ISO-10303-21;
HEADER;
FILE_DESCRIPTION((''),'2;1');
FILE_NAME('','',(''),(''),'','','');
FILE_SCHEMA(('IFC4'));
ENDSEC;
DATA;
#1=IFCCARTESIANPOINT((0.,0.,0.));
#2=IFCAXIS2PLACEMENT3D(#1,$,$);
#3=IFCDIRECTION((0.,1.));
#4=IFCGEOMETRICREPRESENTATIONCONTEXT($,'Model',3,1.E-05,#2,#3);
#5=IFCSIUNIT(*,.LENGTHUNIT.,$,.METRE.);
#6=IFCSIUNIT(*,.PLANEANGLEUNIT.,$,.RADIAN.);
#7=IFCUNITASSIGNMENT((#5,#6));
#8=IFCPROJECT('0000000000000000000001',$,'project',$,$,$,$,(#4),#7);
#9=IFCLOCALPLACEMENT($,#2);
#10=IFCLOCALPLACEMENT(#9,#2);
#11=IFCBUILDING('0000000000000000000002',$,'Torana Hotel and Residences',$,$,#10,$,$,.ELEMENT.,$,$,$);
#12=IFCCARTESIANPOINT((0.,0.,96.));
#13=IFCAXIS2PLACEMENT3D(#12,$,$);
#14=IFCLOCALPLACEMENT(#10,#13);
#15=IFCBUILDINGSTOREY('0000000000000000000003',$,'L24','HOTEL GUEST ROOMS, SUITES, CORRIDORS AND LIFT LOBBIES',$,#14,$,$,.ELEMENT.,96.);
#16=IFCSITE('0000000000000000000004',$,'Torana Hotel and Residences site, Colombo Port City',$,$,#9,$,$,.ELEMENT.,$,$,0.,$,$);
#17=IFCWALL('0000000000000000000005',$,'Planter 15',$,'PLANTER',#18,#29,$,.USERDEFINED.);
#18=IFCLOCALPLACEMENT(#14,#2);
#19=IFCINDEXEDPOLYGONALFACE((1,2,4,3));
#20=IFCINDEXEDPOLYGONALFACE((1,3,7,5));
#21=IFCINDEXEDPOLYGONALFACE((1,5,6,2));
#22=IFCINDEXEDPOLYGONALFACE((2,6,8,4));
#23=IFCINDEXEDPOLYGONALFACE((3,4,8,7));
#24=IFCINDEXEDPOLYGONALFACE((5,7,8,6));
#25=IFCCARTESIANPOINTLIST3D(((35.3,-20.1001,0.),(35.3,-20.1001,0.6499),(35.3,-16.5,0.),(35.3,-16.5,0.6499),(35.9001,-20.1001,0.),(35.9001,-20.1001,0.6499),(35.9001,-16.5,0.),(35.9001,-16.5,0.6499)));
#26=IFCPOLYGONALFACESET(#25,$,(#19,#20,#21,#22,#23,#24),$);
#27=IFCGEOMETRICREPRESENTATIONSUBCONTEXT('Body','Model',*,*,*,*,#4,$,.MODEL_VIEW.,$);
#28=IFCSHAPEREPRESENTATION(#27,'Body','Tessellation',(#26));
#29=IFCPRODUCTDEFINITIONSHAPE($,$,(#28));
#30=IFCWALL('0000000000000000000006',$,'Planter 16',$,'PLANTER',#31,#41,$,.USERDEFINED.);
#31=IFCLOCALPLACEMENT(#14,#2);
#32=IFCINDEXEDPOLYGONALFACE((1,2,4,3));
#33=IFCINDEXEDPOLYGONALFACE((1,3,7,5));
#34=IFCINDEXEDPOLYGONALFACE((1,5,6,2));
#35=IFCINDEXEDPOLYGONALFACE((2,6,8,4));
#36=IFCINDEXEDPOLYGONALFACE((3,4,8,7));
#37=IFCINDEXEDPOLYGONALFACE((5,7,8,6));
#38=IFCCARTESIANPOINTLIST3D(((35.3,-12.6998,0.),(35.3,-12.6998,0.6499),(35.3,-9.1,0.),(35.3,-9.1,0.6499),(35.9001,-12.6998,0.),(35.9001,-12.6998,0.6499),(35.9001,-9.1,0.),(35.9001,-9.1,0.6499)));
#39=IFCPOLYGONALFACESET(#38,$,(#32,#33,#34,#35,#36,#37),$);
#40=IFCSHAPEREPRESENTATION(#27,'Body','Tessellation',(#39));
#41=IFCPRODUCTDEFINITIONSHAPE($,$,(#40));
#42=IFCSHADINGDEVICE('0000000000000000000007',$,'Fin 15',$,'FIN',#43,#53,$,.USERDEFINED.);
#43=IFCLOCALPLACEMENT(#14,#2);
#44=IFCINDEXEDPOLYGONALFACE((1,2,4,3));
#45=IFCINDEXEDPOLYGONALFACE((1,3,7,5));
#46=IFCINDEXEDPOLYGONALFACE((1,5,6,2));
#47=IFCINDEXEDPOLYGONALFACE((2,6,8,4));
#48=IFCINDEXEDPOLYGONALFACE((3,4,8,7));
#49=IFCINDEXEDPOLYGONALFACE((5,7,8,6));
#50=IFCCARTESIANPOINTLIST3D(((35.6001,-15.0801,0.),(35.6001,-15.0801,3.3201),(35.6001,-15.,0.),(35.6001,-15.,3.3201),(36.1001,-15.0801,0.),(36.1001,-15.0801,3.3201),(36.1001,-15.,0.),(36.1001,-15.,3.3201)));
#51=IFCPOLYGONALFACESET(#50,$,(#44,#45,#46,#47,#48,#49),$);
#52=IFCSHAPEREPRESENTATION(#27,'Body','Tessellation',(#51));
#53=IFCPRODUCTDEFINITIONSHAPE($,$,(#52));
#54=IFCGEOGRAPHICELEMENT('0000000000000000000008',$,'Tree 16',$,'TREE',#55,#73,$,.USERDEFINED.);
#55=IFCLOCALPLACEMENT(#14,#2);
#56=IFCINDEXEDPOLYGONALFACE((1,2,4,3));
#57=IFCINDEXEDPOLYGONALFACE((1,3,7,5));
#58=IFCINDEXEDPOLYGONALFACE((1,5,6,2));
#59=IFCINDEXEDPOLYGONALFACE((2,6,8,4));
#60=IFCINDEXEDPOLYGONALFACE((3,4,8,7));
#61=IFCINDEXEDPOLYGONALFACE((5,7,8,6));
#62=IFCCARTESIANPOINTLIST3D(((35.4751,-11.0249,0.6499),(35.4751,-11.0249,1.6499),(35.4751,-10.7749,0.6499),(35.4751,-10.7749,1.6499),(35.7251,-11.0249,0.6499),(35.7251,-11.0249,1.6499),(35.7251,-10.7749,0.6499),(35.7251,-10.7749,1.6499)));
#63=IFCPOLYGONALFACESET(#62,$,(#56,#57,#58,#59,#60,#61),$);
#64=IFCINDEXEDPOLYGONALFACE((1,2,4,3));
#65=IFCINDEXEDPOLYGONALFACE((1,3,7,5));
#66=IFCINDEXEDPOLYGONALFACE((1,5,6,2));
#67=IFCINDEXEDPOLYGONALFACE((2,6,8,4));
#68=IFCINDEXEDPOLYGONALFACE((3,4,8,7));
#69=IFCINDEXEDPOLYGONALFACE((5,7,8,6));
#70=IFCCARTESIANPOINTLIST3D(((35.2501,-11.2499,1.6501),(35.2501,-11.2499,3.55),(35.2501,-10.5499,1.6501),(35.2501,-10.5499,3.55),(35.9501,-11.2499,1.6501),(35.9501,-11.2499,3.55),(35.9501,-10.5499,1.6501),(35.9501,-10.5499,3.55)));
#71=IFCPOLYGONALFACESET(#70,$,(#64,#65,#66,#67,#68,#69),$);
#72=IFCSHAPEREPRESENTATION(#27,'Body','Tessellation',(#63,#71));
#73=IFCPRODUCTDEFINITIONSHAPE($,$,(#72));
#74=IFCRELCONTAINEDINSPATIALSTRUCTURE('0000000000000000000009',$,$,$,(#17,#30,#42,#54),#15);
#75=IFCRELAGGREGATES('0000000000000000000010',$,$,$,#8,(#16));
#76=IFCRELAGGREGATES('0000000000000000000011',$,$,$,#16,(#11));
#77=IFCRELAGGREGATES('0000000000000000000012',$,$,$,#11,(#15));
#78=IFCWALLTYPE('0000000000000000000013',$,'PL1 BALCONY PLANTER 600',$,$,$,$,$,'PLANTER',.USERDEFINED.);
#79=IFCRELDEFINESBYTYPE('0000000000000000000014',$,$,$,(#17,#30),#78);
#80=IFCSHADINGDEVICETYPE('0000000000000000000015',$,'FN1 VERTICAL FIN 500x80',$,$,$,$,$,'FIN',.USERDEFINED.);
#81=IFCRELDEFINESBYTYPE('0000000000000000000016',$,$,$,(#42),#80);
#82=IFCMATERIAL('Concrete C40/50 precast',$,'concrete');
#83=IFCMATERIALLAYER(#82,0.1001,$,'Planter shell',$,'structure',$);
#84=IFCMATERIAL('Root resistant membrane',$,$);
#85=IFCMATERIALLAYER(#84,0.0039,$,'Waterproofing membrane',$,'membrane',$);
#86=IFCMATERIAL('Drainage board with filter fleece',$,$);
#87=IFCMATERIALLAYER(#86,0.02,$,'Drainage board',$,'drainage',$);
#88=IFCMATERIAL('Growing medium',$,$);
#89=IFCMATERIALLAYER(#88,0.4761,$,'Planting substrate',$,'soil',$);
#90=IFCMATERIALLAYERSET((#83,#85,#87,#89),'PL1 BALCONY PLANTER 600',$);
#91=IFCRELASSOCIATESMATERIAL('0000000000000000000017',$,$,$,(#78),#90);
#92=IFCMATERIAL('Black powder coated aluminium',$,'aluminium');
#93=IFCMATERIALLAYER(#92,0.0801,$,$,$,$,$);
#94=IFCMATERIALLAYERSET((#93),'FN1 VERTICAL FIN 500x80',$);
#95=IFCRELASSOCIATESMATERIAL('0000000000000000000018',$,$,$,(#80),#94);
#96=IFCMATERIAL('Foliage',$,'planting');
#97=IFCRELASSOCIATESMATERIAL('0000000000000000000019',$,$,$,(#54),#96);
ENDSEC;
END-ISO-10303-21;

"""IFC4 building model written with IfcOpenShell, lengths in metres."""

from ifc_helpers import new_model, si_unit, direction, frame, frame_2d, origin, origin_2d, place, context, subcontext, project, spatial, rectangle, extrude, material, layer, layer_set, type_object, element, save


model = new_model("IFC4")

# Units and contexts
model_context = context("Model", 3, precision=1e-05, world=origin(), true_north=direction((0.0, 1.0)))
body_context = subcontext(model_context, "Body", "Model", "MODEL_VIEW")
ifc_project = project(units=[si_unit("LENGTHUNIT", "METRE"), si_unit("PLANEANGLEUNIT", "RADIAN")], contexts=[model_context])

# Site, building, storey
site_placement = place(None, origin())
site = spatial("IfcSite", under=ifc_project, at=site_placement, Name="Torana Hotel and Residences site, Colombo Port City", CompositionType="ELEMENT", RefElevation=0.0)
building_placement = place(site_placement, origin())
building = spatial("IfcBuilding", under=site, at=building_placement, Name="Torana Hotel and Residences", CompositionType="ELEMENT")
storey_placement = place(building_placement, frame((0.0, 0.0, 96.0)))
storey = spatial("IfcBuildingStorey", under=building, at=storey_placement, Name="L24", Description="HOTEL GUEST ROOMS, SUITES, CORRIDORS AND LIFT LOBBIES", CompositionType="ELEMENT", Elevation=96.0)

# Shared definitions
ifc_material_1 = material(Name="Concrete C40/50 precast", Category="concrete")

# Walls
ifc_layer_1 = layer(ifc_material_1, 0.1001, Name="Planter shell", Category="structure")
ifc_material_2 = material(Name="Root resistant membrane")
ifc_layer_2 = layer(ifc_material_2, 0.0039, Name="Waterproofing membrane", Category="membrane")
ifc_material_3 = material(Name="Drainage board with filter fleece")
ifc_layer_3 = layer(ifc_material_3, 0.02, Name="Drainage board", Category="drainage")
ifc_material_4 = material(Name="Growing medium")
ifc_layer_4 = layer(ifc_material_4, 0.4761, Name="Planting substrate", Category="soil")
ifc_layer_set_1 = layer_set([ifc_layer_1, ifc_layer_2, ifc_layer_3, ifc_layer_4], Name="PL1 BALCONY PLANTER 600")
wall_type_1 = type_object("IfcWallType", Name="PL1 BALCONY PLANTER 600", ElementType="PLANTER", PredefinedType="USERDEFINED", material=ifc_layer_set_1)
wall_1_placement = place(storey_placement, frame((35.6001, -16.5, 0.0), z_axis=(0.0, 0.0, 1.0), x_axis=(0.0, -1.0, 0.0)))
element("IfcWall", 1, at=wall_1_placement, inside=storey, type_object=wall_type_1, Name="Planter 15", ObjectType="PLANTER", PredefinedType="USERDEFINED", context=body_context, shape_type="SweptSolid", body=[
    extrude(rectangle(XDim=3.6001, YDim=0.6001, at=frame_2d((1.8, 0.0))), origin(), (0.0, 0.0, 1.0), 0.6499),
])
wall_2_placement = place(storey_placement, frame((35.6001, -9.1001, 0.0), z_axis=(0.0, 0.0, 1.0), x_axis=(0.0, -1.0, 0.0)))
element("IfcWall", 2, at=wall_2_placement, inside=storey, type_object=wall_type_1, Name="Planter 16", ObjectType="PLANTER", PredefinedType="USERDEFINED", context=body_context, shape_type="SweptSolid", body=[
    extrude(rectangle(XDim=3.5999, YDim=0.6001, at=frame_2d((1.7998, 0.0))), origin(), (0.0, 0.0, 1.0), 0.6499),
])

# Shading device
ifc_material_5 = material(Name="Black powder coated aluminium", Category="aluminium")
ifc_layer_5 = layer(ifc_material_5, 0.0801)
ifc_layer_set_2 = layer_set([ifc_layer_5], Name="FN1 VERTICAL FIN 500x80")
shading_device_type = type_object("IfcShadingDeviceType", Name="FN1 VERTICAL FIN 500x80", ElementType="FIN", PredefinedType="USERDEFINED", material=ifc_layer_set_2)
shading_device_placement = place(storey_placement, frame((35.8501, -15.04, 0.0), z_axis=(0.0, 0.0, 1.0), x_axis=(0.0, -1.0, 0.0)))
element("IfcShadingDevice", 3, at=shading_device_placement, inside=storey, type_object=shading_device_type, Name="Fin 15", ObjectType="FIN", PredefinedType="USERDEFINED", context=body_context, shape_type="SweptSolid", body=[
    extrude(rectangle(XDim=0.0801, YDim=0.5, at=origin_2d()), origin(), (0.0, 0.0, 1.0), 3.3201),
])

# Geographic element
ifc_material_6 = material(Name="Foliage", Category="planting")
geographic_element_placement = place(storey_placement, frame((35.6001, -10.8999, 0.6499), z_axis=(0.0, 0.0, 1.0), x_axis=(1.0, 0.0, 0.0)))
element("IfcGeographicElement", 4, at=geographic_element_placement, inside=storey, material=ifc_material_6, Name="Tree 16", ObjectType="TREE", PredefinedType="USERDEFINED", context=body_context, shape_type="SweptSolid", body=[
    extrude(rectangle(XDim=0.25, YDim=0.25, at=origin_2d()), origin(), (0.0, 0.0, 1.0), 1.0),
    extrude(rectangle(XDim=0.7, YDim=0.7, at=origin_2d()), frame((0.0, 0.0, 1.0002)), (0.0, 0.0, 1.0), 1.8999),
])

save(model, "model.ifc")
